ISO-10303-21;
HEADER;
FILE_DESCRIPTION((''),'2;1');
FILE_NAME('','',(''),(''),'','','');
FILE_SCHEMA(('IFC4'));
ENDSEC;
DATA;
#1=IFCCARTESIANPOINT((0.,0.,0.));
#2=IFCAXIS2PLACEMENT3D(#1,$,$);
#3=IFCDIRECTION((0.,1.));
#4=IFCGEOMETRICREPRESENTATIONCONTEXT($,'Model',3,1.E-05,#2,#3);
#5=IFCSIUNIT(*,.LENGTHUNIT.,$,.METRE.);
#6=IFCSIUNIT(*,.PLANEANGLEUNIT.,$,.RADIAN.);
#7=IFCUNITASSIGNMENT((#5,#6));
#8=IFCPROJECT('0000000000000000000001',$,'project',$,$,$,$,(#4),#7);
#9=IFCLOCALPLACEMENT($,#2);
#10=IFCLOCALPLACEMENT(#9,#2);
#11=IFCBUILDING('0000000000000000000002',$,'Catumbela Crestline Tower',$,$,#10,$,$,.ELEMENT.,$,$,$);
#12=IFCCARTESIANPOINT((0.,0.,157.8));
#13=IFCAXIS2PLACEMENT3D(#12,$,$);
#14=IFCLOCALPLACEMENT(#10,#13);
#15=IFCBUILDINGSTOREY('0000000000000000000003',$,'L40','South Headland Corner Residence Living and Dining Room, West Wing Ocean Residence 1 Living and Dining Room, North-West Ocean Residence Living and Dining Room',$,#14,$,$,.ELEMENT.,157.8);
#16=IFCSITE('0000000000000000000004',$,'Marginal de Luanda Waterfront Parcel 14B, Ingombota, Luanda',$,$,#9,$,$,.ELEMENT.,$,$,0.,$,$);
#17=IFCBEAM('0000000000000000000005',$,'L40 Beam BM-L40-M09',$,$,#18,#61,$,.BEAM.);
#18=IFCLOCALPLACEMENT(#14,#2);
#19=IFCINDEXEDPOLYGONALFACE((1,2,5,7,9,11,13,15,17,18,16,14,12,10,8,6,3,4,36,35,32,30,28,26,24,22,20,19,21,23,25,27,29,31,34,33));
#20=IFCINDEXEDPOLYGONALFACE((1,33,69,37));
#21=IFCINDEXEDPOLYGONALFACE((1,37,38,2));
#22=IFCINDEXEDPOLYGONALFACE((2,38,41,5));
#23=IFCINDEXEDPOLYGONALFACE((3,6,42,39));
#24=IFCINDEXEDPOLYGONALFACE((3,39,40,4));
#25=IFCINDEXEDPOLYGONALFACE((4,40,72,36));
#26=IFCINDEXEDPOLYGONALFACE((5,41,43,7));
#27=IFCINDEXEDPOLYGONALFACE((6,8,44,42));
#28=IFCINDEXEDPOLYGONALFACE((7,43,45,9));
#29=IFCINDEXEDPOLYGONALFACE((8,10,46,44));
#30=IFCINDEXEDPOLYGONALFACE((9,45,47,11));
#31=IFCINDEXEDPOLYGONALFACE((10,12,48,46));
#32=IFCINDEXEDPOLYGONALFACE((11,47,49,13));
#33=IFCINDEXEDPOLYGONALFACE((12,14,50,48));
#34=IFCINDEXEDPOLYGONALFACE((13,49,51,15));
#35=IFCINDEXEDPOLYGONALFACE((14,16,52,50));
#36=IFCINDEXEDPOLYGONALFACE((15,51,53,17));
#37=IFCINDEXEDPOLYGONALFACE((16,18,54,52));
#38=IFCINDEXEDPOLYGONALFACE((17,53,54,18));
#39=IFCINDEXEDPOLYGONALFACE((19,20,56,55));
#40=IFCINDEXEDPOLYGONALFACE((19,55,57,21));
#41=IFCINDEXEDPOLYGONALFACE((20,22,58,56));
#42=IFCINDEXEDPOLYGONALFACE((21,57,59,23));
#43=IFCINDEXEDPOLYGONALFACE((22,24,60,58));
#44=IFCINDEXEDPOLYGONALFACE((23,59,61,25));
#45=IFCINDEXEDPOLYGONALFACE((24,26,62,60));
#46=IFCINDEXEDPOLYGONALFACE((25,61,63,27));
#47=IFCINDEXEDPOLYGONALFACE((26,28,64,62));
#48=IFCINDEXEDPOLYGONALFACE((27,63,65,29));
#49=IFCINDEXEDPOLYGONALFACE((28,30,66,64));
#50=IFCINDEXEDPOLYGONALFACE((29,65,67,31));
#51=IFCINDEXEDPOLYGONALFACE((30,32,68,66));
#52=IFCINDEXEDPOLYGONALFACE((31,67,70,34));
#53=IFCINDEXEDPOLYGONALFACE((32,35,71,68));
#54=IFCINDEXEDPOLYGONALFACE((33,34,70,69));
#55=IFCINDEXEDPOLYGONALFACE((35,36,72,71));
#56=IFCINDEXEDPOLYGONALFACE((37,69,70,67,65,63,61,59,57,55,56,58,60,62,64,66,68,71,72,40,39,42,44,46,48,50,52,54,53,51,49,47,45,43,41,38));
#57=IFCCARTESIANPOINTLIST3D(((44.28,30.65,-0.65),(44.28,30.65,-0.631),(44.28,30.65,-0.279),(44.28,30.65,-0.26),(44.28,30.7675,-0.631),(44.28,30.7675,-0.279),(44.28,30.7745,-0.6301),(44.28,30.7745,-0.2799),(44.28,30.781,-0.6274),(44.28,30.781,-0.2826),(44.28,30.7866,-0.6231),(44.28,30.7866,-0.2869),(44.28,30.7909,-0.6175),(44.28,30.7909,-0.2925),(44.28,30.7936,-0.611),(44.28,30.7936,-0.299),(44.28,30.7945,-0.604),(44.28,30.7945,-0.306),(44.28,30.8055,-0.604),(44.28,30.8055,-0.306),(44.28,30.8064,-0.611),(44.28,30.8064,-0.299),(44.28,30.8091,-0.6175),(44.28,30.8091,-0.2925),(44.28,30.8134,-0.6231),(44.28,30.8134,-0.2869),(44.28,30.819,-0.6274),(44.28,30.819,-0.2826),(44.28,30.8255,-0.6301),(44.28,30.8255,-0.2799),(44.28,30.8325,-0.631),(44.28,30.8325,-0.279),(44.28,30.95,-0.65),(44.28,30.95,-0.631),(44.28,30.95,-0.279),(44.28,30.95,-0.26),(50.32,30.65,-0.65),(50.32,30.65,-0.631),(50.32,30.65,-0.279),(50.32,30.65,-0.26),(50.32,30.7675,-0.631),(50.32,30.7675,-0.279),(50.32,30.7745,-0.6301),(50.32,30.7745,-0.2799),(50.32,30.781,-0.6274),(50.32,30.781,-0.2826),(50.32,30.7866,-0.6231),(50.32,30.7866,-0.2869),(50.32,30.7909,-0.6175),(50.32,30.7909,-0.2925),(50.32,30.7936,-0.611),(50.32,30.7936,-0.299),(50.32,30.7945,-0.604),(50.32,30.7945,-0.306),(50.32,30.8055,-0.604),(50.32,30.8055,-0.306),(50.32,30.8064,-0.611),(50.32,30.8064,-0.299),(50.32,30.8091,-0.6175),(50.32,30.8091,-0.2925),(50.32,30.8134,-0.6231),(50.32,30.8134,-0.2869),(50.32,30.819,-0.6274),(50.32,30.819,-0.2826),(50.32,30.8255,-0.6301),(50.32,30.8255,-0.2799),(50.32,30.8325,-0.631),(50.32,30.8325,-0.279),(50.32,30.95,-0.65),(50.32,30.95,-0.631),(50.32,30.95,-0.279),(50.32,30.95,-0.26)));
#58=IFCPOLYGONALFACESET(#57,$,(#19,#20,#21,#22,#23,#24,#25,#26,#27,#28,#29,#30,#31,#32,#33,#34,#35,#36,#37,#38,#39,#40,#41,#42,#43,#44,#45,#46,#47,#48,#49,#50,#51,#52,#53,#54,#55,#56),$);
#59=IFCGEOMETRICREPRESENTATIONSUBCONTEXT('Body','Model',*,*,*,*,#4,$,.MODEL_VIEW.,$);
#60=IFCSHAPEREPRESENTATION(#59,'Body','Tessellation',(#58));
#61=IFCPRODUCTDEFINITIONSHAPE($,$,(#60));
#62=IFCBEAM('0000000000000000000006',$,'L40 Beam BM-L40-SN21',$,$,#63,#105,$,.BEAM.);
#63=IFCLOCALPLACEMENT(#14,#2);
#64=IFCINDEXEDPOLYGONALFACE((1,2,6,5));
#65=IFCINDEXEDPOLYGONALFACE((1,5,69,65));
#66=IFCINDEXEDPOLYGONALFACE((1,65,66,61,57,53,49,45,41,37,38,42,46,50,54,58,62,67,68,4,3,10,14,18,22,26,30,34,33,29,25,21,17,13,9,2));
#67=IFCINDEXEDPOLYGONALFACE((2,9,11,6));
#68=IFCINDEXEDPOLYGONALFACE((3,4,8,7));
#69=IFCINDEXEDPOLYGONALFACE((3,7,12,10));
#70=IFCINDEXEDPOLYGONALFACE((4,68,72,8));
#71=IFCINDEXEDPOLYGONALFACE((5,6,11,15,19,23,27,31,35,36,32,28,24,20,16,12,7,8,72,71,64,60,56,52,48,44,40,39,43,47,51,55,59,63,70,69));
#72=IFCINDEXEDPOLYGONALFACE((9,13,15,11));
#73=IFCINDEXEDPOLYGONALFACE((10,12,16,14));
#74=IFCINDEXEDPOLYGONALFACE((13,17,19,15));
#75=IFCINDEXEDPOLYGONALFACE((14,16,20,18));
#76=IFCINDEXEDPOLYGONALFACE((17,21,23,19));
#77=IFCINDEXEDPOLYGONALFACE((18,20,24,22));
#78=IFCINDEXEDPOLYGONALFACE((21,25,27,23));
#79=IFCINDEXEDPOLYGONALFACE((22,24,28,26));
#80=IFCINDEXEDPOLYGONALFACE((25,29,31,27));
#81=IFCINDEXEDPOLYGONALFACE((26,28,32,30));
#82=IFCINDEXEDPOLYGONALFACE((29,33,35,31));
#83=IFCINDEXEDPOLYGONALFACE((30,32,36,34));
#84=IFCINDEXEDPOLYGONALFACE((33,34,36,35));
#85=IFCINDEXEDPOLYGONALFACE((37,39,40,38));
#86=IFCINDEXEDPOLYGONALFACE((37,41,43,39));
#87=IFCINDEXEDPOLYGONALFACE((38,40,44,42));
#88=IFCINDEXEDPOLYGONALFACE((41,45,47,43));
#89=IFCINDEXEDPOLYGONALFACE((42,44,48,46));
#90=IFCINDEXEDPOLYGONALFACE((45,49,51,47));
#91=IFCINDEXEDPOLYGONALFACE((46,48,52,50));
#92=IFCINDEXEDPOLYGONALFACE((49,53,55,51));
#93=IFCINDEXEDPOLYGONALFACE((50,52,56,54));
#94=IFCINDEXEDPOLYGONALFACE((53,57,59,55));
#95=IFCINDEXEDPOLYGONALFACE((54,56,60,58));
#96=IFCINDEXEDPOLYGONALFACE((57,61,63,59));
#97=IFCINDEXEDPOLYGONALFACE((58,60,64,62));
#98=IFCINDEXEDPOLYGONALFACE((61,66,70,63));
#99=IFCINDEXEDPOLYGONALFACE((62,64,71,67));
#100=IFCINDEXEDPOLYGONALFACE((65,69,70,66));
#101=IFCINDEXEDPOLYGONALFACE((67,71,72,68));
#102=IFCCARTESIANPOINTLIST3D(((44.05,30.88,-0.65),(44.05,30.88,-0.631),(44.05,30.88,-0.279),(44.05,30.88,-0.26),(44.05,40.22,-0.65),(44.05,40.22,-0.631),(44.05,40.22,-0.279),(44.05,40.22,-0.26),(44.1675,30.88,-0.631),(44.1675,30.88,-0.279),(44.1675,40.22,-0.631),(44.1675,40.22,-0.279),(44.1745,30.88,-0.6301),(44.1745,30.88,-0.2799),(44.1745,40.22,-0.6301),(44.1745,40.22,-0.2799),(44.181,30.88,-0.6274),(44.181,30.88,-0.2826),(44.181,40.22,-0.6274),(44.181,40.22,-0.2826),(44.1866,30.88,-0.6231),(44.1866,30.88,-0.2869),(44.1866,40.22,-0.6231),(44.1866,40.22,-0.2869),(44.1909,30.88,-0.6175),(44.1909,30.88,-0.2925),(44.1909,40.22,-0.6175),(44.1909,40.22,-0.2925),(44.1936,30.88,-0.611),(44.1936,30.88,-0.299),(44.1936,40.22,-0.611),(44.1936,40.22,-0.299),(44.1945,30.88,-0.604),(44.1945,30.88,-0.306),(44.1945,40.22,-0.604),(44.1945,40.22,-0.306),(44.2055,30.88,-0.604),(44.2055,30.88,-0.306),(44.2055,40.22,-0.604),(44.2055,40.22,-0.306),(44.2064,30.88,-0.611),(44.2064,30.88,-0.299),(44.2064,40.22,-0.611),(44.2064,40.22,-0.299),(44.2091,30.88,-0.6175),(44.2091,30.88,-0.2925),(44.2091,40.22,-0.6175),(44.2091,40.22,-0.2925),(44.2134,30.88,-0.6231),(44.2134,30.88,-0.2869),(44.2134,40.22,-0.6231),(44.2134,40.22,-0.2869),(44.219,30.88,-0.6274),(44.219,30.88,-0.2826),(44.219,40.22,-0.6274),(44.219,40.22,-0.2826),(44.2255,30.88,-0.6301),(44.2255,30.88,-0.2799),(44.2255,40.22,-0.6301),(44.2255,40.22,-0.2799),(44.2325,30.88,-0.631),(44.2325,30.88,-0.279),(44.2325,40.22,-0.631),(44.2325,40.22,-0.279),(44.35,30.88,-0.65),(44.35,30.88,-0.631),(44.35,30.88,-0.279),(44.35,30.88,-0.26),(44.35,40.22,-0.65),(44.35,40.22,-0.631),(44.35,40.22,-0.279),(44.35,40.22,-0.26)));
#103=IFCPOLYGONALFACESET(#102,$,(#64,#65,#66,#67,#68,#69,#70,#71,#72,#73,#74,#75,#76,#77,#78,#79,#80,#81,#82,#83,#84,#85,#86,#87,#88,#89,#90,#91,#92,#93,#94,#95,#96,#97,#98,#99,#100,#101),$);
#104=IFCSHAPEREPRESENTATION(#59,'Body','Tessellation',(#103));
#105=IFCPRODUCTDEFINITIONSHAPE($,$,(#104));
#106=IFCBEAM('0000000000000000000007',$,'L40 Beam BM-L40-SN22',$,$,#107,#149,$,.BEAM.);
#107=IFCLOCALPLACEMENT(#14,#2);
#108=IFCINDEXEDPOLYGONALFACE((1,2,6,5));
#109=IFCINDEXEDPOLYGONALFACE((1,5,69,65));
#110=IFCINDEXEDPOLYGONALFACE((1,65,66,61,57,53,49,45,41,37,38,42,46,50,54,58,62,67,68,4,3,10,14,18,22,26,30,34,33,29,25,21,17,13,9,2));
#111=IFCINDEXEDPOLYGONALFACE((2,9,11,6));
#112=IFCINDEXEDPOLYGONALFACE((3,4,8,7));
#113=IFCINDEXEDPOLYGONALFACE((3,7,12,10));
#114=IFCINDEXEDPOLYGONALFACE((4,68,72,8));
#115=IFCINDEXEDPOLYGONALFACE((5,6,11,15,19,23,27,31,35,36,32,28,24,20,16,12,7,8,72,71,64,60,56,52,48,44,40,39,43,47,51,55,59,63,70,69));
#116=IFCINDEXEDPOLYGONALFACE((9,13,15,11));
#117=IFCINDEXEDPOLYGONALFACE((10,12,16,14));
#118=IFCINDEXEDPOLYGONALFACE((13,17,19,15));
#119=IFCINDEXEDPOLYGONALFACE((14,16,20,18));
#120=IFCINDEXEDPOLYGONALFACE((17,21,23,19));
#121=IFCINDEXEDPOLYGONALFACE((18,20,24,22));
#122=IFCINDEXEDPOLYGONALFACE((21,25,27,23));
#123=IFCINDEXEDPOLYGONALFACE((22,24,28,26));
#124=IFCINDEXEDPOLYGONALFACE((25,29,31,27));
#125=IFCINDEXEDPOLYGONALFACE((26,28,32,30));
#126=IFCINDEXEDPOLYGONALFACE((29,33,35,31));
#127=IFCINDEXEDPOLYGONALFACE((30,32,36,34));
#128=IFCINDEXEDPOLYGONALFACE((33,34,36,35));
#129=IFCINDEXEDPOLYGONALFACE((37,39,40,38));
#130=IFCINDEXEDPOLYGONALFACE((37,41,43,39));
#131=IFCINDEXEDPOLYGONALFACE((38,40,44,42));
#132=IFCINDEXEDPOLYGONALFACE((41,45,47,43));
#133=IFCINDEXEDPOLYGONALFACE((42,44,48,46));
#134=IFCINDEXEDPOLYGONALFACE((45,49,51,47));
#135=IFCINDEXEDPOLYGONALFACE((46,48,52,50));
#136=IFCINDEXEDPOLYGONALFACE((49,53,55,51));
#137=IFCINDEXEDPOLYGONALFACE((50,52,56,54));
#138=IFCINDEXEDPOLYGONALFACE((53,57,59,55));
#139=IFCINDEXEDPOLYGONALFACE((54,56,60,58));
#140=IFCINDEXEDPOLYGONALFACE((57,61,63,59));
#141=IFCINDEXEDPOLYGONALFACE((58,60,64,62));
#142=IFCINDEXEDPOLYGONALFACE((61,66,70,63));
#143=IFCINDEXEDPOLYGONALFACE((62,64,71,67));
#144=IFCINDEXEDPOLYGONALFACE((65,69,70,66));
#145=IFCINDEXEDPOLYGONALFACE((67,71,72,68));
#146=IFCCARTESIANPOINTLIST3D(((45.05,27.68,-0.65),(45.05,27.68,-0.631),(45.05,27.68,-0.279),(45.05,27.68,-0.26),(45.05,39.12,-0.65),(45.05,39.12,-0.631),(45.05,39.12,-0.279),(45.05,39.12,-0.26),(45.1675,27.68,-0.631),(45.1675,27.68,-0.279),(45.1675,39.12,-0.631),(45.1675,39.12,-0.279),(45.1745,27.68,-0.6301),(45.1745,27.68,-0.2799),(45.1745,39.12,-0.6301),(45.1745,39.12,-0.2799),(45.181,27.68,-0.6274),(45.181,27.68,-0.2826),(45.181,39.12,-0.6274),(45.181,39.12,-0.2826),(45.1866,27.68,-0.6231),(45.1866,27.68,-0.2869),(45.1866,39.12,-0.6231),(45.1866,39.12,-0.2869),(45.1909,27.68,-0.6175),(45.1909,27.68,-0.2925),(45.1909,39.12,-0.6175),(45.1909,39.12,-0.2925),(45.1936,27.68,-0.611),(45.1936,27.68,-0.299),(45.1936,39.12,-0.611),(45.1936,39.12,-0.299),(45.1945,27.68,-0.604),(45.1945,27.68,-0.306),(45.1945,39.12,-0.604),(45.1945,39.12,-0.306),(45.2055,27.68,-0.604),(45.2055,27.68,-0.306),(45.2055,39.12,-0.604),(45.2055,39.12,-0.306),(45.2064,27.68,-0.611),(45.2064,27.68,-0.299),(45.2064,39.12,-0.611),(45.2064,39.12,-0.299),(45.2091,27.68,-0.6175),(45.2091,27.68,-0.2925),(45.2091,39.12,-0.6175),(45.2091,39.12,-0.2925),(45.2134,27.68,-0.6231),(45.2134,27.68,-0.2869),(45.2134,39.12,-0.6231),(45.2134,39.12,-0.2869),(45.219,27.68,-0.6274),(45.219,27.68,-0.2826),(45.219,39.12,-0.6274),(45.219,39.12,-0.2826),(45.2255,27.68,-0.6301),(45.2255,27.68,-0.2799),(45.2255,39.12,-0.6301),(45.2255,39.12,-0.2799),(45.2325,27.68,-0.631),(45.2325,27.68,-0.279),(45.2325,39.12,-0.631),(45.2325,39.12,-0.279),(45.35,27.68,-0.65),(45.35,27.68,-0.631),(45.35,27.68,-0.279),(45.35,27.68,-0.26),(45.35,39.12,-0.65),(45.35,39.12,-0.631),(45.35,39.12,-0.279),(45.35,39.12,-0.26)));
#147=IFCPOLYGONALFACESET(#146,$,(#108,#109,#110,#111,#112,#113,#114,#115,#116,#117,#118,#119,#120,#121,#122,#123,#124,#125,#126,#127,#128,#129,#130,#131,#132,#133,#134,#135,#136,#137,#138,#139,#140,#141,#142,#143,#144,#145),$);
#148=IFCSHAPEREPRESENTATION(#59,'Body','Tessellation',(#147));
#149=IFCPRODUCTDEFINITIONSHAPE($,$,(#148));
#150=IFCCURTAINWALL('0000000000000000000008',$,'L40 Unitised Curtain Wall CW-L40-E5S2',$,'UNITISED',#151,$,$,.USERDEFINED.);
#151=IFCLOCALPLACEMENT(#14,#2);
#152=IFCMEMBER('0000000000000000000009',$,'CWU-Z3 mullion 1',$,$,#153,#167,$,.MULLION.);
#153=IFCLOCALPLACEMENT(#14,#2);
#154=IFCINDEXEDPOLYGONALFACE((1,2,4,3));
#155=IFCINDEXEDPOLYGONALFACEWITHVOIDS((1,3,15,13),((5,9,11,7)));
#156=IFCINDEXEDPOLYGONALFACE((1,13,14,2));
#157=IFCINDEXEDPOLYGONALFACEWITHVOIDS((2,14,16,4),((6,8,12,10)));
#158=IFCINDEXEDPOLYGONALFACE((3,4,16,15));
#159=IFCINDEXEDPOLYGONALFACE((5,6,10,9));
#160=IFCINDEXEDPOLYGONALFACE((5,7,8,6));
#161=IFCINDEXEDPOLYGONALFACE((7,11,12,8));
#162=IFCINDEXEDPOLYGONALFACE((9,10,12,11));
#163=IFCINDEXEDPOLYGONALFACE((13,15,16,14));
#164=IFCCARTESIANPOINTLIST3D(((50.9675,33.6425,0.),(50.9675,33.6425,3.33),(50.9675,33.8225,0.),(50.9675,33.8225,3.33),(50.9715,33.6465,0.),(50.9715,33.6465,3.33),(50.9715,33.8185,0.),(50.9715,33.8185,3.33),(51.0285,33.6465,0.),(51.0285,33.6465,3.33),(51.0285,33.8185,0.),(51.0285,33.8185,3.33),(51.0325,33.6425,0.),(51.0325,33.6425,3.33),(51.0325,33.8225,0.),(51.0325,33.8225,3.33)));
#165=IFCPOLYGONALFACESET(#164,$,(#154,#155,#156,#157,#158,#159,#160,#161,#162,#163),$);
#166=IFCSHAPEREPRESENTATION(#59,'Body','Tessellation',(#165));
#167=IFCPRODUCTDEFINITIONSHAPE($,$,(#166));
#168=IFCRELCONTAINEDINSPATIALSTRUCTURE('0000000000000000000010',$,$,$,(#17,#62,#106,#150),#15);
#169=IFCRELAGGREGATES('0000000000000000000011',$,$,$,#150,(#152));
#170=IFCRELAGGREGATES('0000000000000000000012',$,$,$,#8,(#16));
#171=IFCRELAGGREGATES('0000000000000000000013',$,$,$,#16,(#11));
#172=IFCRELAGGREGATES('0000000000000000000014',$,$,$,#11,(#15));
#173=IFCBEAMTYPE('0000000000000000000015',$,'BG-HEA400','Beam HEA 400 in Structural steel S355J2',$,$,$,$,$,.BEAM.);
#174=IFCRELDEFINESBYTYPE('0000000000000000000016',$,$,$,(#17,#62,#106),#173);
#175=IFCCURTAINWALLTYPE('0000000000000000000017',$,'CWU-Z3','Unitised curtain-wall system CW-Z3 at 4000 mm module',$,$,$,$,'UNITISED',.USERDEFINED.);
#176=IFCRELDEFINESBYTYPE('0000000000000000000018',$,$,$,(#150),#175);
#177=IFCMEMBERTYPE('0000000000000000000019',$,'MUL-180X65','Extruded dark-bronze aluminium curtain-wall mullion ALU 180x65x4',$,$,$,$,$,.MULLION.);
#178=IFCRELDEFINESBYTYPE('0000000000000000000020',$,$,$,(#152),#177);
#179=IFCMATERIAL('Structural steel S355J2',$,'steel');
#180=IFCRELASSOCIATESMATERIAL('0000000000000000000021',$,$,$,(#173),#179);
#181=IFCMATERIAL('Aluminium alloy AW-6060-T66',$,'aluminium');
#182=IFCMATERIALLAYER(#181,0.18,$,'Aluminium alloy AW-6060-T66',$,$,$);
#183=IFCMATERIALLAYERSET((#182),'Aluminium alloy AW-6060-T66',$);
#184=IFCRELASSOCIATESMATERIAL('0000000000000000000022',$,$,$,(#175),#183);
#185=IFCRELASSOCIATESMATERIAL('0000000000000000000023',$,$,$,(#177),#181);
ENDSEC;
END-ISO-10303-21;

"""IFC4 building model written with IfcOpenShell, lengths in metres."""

from ifc_helpers import new_model, si_unit, direction, frame, origin, origin_2d, place, context, subcontext, project, spatial, hollow_rectangle, i_section, extrude, material, layer, layer_set, material_profile, profile_set, type_object, element, aggregate, save


model = new_model("IFC4")

# Units and contexts
model_context = context("Model", 3, precision=1e-05, world=origin(), true_north=direction((0.0, 1.0)))
body_context = subcontext(model_context, "Body", "Model", "MODEL_VIEW")
ifc_project = project(units=[si_unit("LENGTHUNIT", "METRE"), si_unit("PLANEANGLEUNIT", "RADIAN")], contexts=[model_context])

# Site, building, storey
site_placement = place(None, origin())
site = spatial("IfcSite", under=ifc_project, at=site_placement, Name="Marginal de Luanda Waterfront Parcel 14B, Ingombota, Luanda", CompositionType="ELEMENT", RefElevation=0.0)
building_placement = place(site_placement, origin())
building = spatial("IfcBuilding", under=site, at=building_placement, Name="Catumbela Crestline Tower", CompositionType="ELEMENT")
storey_placement = place(building_placement, frame((0.0, 0.0, 157.8)))
storey = spatial("IfcBuildingStorey", under=building, at=storey_placement, Name="L40", Description="South Headland Corner Residence Living and Dining Room, West Wing Ocean Residence 1 Living and Dining Room, North-West Ocean Residence Living and Dining Room", CompositionType="ELEMENT", Elevation=157.8)

# Shared definitions
ifc_material_1 = material(Name="Structural steel S355J2", Category="steel")

# Beams
ifc_material_profile_1 = material_profile(ifc_material_1, i_section(OverallWidth=0.3, OverallDepth=0.39, WebThickness=0.011, FlangeThickness=0.019, FilletRadius=0.027, at=origin_2d()), Name="HEA 400")
ifc_profile_set_1 = profile_set([ifc_material_profile_1], Name="Structural steel S355J2")
beam_type_1 = type_object("IfcBeamType", Name="BG-HEA400", Description="Beam HEA 400 in Structural steel S355J2", PredefinedType="BEAM", material=ifc_profile_set_1)
beam_1_placement = place(storey_placement, frame((44.28, 30.8, -0.455), z_axis=(1.0, 0.0, 0.0), x_axis=(0.0, 1.0, 0.0)))
element("IfcBeam", 1, at=beam_1_placement, inside=storey, type_object=beam_type_1, Name="L40 Beam BM-L40-M09", PredefinedType="BEAM", context=body_context, shape_type="SweptSolid", body=[
    extrude(i_section(OverallWidth=0.3, OverallDepth=0.39, WebThickness=0.011, FlangeThickness=0.019, FilletRadius=0.027, at=origin_2d()), origin(), (0.0, 0.0, 1.0), 6.04),
])
beam_2_placement = place(storey_placement, frame((44.2, 30.88, -0.455), z_axis=(0.0, 1.0, 0.0), x_axis=(-1.0, 0.0, 0.0)))
element("IfcBeam", 2, at=beam_2_placement, inside=storey, type_object=beam_type_1, Name="L40 Beam BM-L40-SN21", PredefinedType="BEAM", context=body_context, shape_type="SweptSolid", body=[
    extrude(i_section(OverallWidth=0.3, OverallDepth=0.39, WebThickness=0.011, FlangeThickness=0.019, FilletRadius=0.027, at=origin_2d()), origin(), (0.0, 0.0, 1.0), 9.34),
])
beam_3_placement = place(storey_placement, frame((45.2, 27.68, -0.455), z_axis=(0.0, 1.0, 0.0), x_axis=(-1.0, 0.0, 0.0)))
element("IfcBeam", 3, at=beam_3_placement, inside=storey, type_object=beam_type_1, Name="L40 Beam BM-L40-SN22", PredefinedType="BEAM", context=body_context, shape_type="SweptSolid", body=[
    extrude(i_section(OverallWidth=0.3, OverallDepth=0.39, WebThickness=0.011, FlangeThickness=0.019, FilletRadius=0.027, at=origin_2d()), origin(), (0.0, 0.0, 1.0), 11.44),
])

# Curtain wall, member
ifc_material_2 = material(Name="Aluminium alloy AW-6060-T66", Category="aluminium")
ifc_layer_1 = layer(ifc_material_2, 0.18, Name="Aluminium alloy AW-6060-T66")
ifc_layer_set_1 = layer_set([ifc_layer_1], Name="Aluminium alloy AW-6060-T66")
curtain_wall_type = type_object("IfcCurtainWallType", Name="CWU-Z3", Description="Unitised curtain-wall system CW-Z3 at 4000 mm module", ElementType="UNITISED", PredefinedType="USERDEFINED", material=ifc_layer_set_1)
curtain_wall_placement = place(storey_placement, origin())
curtain_wall = element("IfcCurtainWall", 4, at=curtain_wall_placement, inside=storey, type_object=curtain_wall_type, Name="L40 Unitised Curtain Wall CW-L40-E5S2", ObjectType="UNITISED", PredefinedType="USERDEFINED")
ifc_material_profile_2 = material_profile(ifc_material_2, hollow_rectangle(XDim=0.065, YDim=0.18, WallThickness=0.004, at=origin_2d()), Name="ALU 180x65x4")
ifc_profile_set_2 = profile_set([ifc_material_profile_2], Name="Aluminium alloy AW-6060-T66")
member_type_1 = type_object("IfcMemberType", Name="MUL-180X65", Description="Extruded dark-bronze aluminium curtain-wall mullion ALU 180x65x4", PredefinedType="MULLION", material=ifc_profile_set_2)
member_1_placement = place(storey_placement, frame((51.0, 33.7325, 0.0), z_axis=(0.0, 0.0, 1.0), x_axis=(-1.0, 0.0, 0.0)))
member_1 = element("IfcMember", 5, at=member_1_placement, type_object=member_type_1, Name="CWU-Z3 mullion 1", PredefinedType="MULLION", context=body_context, shape_type="SweptSolid", body=[
    extrude(hollow_rectangle(XDim=0.065, YDim=0.18, WallThickness=0.004, at=origin_2d()), origin(), (0.0, 0.0, 1.0), 3.33),
])

aggregate(curtain_wall, [member_1])

save(model, "model.ifc")
